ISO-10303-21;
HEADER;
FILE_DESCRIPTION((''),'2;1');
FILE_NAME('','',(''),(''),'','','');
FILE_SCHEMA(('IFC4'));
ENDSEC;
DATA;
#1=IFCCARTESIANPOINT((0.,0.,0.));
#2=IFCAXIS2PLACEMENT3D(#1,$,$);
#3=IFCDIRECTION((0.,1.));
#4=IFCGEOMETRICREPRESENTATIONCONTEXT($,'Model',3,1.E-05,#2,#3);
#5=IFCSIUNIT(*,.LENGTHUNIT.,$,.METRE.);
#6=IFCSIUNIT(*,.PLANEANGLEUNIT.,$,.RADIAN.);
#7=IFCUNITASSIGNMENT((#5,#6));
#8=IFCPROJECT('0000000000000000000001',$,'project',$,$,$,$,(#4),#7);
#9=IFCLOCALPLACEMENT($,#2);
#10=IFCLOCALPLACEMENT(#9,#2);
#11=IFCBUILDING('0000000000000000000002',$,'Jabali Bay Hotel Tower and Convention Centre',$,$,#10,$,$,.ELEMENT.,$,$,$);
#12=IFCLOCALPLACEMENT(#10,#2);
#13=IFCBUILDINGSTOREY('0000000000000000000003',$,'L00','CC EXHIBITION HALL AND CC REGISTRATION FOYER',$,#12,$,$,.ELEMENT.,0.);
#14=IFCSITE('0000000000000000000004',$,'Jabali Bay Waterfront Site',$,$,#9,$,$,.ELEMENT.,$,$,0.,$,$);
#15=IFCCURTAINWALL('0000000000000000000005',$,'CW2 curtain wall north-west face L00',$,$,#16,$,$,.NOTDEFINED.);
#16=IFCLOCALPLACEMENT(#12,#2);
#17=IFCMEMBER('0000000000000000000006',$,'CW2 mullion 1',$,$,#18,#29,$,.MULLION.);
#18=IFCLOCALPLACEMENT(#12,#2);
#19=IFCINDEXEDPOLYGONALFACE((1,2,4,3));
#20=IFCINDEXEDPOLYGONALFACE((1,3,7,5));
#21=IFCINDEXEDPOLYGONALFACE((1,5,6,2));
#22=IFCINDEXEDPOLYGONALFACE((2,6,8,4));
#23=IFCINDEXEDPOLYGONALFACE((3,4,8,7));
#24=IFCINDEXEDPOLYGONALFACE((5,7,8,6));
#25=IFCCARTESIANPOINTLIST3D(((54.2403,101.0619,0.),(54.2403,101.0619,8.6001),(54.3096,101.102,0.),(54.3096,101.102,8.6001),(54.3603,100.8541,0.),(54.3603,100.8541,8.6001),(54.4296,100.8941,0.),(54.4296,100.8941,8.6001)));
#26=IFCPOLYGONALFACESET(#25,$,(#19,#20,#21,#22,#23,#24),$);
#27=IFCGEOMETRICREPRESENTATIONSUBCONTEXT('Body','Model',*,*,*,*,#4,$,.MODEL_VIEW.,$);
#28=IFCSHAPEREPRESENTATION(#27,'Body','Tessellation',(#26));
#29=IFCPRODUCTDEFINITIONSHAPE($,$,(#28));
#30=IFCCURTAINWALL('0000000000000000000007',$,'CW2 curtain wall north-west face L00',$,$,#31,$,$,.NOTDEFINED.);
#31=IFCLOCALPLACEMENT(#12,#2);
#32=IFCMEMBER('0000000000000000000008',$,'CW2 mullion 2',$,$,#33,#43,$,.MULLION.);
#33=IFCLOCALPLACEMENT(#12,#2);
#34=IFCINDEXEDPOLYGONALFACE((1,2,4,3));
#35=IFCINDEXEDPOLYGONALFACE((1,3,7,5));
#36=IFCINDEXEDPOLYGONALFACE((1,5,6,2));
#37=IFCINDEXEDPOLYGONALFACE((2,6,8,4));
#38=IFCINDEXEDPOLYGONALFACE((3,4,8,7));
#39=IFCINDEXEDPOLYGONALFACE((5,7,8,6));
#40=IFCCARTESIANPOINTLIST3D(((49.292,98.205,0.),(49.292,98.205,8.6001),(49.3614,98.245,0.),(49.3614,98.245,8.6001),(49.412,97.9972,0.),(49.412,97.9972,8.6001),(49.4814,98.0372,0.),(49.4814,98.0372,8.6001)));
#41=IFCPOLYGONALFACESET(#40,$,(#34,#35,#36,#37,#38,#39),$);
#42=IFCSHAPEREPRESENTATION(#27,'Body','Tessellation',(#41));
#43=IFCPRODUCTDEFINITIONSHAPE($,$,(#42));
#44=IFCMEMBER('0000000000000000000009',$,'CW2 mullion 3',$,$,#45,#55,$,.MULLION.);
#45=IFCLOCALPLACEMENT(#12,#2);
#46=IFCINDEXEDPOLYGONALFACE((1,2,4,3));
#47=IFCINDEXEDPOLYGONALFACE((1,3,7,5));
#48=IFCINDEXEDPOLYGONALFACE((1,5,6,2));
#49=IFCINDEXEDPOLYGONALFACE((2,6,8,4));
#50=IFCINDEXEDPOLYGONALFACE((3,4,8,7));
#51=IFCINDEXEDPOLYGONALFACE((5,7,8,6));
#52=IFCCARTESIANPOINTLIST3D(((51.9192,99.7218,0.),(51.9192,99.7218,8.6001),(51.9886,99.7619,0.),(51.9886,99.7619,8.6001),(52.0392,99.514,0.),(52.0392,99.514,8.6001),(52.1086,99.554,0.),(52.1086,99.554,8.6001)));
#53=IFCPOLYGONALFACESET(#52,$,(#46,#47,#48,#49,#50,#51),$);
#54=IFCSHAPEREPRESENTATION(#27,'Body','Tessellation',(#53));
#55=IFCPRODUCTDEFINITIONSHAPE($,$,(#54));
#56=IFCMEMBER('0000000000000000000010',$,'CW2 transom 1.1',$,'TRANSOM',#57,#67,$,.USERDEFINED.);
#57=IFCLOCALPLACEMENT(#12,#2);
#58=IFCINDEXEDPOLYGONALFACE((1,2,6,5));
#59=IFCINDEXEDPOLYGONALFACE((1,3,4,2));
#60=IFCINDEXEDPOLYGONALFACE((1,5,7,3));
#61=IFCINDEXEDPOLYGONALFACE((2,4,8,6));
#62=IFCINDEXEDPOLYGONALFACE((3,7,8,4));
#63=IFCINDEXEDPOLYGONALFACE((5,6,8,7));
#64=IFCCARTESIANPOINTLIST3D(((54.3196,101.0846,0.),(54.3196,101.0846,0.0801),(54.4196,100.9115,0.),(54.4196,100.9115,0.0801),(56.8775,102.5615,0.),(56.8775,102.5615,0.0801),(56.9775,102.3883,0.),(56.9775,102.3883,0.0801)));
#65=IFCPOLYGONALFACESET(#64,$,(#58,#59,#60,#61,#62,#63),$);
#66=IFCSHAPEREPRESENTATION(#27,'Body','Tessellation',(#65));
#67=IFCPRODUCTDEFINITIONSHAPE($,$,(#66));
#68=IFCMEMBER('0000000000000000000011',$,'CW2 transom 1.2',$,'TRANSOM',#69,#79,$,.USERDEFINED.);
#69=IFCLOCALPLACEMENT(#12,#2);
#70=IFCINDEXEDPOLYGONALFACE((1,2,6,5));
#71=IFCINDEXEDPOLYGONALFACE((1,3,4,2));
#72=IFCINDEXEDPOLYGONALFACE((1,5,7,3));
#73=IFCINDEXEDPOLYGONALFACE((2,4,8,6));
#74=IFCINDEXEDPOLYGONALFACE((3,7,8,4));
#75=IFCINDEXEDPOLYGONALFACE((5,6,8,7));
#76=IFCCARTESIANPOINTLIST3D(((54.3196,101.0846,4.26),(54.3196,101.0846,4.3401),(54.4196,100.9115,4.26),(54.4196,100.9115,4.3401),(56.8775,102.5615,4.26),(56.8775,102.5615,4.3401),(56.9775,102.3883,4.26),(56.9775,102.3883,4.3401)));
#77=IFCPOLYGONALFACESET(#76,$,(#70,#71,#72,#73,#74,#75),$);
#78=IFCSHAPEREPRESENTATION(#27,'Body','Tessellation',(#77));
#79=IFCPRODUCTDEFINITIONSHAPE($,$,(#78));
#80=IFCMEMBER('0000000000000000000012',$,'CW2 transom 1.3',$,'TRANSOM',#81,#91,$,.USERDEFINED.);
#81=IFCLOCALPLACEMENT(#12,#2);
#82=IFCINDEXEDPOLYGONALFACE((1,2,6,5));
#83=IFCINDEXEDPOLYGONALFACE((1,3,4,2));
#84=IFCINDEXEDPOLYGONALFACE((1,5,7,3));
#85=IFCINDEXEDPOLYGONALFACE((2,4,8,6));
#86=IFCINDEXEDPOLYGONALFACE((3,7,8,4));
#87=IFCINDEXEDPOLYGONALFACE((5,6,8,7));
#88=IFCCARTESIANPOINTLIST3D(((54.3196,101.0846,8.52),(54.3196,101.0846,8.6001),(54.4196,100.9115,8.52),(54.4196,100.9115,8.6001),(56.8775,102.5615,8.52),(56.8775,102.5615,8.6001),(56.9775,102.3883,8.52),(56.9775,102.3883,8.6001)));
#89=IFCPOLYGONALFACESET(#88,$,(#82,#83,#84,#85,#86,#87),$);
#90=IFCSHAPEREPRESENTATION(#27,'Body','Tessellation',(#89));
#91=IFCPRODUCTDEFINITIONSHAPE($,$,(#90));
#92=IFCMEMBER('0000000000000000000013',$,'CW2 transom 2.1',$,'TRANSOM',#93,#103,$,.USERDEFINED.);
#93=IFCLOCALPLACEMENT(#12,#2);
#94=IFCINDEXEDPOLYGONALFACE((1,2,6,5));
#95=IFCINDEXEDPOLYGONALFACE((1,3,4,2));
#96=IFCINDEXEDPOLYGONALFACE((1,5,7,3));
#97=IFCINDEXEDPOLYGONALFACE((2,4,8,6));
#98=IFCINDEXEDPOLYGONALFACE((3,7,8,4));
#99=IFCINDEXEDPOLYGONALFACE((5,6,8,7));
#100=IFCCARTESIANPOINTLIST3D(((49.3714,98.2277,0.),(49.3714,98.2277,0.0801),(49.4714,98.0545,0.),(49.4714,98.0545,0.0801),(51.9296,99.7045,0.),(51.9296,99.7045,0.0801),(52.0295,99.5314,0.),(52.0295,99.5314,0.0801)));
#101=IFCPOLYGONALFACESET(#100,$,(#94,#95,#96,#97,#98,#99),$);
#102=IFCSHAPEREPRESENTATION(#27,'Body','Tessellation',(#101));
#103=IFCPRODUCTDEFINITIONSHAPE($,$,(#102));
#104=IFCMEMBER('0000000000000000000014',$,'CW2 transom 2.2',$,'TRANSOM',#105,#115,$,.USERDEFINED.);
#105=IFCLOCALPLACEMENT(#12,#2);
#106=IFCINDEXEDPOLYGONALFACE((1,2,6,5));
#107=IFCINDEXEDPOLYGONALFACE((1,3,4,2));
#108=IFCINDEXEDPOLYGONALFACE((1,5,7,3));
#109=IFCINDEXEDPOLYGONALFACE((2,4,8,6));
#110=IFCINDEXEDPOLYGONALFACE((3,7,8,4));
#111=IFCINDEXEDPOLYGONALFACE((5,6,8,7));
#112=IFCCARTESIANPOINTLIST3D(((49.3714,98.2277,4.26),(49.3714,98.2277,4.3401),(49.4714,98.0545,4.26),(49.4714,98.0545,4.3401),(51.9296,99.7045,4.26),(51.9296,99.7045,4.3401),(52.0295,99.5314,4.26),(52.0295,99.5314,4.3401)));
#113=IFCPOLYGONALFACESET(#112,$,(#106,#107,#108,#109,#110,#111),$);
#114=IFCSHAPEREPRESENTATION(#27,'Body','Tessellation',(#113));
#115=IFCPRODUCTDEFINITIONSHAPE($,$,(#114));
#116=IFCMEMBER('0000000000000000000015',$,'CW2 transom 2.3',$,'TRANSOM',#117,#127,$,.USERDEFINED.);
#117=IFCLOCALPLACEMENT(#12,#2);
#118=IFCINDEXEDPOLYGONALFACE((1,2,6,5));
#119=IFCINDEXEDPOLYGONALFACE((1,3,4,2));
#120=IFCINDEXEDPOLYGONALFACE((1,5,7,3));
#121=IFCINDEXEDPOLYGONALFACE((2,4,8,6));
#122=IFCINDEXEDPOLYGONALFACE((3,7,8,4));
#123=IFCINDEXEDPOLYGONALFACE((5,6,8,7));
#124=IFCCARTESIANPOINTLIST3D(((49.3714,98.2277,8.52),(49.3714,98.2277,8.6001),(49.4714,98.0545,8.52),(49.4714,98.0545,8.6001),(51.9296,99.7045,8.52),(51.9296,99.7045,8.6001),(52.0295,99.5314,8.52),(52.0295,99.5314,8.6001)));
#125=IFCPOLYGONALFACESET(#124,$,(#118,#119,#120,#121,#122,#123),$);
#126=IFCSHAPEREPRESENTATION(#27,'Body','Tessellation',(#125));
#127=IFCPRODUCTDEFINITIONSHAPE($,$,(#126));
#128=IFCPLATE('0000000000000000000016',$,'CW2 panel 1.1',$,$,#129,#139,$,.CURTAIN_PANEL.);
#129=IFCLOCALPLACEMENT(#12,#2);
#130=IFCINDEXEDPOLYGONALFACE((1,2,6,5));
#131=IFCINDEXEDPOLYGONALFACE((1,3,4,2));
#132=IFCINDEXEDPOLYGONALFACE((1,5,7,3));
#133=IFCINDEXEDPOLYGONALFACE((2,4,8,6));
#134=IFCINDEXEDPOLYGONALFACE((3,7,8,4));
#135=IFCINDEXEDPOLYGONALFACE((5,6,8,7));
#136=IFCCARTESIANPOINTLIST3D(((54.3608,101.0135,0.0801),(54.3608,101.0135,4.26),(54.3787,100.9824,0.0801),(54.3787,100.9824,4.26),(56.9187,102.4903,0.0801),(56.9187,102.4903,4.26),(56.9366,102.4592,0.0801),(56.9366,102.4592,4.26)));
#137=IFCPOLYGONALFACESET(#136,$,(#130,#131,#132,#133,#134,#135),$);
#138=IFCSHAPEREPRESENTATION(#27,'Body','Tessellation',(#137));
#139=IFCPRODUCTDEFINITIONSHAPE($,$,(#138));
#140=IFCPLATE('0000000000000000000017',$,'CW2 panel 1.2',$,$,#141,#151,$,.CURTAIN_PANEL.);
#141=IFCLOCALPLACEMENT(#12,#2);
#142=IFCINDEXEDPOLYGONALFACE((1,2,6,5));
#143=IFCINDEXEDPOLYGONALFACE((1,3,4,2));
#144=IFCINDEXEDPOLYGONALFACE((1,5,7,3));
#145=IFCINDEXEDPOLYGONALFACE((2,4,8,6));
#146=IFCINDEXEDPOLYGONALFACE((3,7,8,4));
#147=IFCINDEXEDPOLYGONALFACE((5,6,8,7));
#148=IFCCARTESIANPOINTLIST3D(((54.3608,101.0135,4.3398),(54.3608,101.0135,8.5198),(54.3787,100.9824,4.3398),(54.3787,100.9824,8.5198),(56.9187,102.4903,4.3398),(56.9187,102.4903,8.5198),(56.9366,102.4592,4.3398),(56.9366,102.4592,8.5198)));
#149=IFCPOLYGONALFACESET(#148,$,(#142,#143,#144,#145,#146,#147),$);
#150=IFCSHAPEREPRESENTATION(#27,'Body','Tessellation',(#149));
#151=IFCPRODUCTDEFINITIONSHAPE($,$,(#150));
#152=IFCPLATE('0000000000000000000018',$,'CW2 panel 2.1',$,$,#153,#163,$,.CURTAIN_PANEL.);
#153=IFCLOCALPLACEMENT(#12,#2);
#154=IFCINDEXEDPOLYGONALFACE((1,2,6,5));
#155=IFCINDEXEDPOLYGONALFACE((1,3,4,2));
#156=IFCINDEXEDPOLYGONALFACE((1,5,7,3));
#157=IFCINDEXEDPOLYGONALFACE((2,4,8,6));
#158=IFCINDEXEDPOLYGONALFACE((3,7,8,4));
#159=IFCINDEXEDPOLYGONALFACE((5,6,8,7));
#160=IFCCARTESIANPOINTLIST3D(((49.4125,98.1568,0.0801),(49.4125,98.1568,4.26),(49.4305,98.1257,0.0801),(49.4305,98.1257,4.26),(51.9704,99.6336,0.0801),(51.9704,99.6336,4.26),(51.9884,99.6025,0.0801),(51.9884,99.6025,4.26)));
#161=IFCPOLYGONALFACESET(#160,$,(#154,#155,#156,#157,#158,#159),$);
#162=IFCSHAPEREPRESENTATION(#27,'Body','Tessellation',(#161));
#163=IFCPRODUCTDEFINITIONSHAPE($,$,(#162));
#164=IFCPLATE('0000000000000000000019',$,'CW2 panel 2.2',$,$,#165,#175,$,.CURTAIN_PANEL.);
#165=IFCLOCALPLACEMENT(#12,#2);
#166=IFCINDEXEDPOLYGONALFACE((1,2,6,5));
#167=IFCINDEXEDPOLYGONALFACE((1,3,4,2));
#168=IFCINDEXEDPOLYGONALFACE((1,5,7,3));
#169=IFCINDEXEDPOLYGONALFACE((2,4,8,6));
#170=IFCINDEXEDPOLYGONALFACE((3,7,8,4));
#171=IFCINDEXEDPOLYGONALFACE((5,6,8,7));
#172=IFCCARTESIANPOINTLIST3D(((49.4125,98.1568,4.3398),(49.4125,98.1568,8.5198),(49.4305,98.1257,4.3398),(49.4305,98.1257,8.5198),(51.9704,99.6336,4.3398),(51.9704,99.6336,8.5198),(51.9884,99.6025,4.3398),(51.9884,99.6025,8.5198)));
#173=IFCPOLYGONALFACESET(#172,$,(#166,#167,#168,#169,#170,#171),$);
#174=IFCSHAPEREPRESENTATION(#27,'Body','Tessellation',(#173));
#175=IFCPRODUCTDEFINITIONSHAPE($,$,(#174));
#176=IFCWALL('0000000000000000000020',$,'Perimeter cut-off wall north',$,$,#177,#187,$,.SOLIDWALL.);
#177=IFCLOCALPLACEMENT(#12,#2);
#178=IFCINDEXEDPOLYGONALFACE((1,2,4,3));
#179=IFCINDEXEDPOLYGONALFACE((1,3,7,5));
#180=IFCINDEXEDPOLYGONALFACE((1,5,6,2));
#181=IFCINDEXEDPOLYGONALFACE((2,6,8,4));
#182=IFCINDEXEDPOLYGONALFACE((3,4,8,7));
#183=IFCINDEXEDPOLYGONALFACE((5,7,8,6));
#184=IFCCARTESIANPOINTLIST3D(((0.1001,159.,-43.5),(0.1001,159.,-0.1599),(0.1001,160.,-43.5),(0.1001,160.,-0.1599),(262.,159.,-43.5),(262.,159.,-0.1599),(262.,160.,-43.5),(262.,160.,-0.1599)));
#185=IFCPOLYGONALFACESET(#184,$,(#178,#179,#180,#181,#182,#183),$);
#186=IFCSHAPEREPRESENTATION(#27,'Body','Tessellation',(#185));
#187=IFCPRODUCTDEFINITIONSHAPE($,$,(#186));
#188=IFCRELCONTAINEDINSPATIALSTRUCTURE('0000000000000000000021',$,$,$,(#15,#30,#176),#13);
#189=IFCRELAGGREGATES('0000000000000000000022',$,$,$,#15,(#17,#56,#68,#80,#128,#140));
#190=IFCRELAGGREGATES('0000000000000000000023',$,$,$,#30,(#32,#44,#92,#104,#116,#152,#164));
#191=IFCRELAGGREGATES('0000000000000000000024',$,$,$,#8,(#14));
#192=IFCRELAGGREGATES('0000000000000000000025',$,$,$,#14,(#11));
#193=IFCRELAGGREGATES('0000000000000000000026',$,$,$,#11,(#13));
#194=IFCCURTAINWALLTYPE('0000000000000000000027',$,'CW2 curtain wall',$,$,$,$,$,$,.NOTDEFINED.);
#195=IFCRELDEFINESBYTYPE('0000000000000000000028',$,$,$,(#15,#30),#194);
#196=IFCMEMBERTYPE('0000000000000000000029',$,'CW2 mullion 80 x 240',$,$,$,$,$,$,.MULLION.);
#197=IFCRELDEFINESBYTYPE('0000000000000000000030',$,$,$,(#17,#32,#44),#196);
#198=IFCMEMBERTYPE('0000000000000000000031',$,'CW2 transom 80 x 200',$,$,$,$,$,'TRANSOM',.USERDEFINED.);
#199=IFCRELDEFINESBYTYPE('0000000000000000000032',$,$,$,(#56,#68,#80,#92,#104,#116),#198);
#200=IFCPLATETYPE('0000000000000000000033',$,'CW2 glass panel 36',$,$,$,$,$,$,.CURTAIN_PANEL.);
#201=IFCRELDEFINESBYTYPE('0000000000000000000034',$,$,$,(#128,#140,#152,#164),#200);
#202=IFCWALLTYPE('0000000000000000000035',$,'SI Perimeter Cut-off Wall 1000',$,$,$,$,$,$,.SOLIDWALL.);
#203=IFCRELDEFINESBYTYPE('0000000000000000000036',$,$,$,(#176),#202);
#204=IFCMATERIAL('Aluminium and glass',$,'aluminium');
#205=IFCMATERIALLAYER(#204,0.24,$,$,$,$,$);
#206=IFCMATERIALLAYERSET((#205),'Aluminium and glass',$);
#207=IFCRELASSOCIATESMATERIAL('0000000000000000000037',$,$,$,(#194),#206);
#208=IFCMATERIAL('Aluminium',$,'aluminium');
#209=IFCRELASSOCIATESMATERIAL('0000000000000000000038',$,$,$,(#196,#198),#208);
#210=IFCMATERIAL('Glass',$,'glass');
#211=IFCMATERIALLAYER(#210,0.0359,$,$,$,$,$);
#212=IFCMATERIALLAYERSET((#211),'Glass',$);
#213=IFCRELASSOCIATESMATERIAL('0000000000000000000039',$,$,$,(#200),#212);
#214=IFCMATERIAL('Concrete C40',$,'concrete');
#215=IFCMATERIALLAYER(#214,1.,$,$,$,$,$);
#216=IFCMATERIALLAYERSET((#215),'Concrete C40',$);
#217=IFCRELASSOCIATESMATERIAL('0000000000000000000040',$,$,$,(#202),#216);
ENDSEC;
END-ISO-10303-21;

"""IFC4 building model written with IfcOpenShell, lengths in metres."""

from ifc_helpers import new_model, si_unit, direction, frame, frame_2d, origin, origin_2d, place, context, subcontext, project, spatial, rectangle, extrude, material, layer, layer_set, material_profile, profile_set, type_object, element, aggregate, save


model = new_model("IFC4")

# Units and contexts
model_context = context("Model", 3, precision=1e-05, world=origin(), true_north=direction((0.0, 1.0)))
body_context = subcontext(model_context, "Body", "Model", "MODEL_VIEW")
ifc_project = project(units=[si_unit("LENGTHUNIT", "METRE"), si_unit("PLANEANGLEUNIT", "RADIAN")], contexts=[model_context])

# Site, building, storey
site_placement = place(None, origin())
site = spatial("IfcSite", under=ifc_project, at=site_placement, Name="Jabali Bay Waterfront Site", CompositionType="ELEMENT", RefElevation=0.0)
building_placement = place(site_placement, origin())
building = spatial("IfcBuilding", under=site, at=building_placement, Name="Jabali Bay Hotel Tower and Convention Centre", CompositionType="ELEMENT")
storey_placement = place(building_placement, origin())
storey = spatial("IfcBuildingStorey", under=building, at=storey_placement, Name="L00", Description="CC EXHIBITION HALL AND CC REGISTRATION FOYER", CompositionType="ELEMENT", Elevation=0.0)

# Curtain wall, member
ifc_material_1 = material(Name="Aluminium and glass", Category="aluminium")
ifc_layer_1 = layer(ifc_material_1, 0.24)
ifc_layer_set_1 = layer_set([ifc_layer_1], Name="Aluminium and glass")
curtain_wall_type = type_object("IfcCurtainWallType", Name="CW2 curtain wall", PredefinedType="NOTDEFINED", material=ifc_layer_set_1)
curtain_wall_1_placement = place(storey_placement, origin())
curtain_wall_1 = element("IfcCurtainWall", 1, at=curtain_wall_1_placement, inside=storey, type_object=curtain_wall_type, Name="CW2 curtain wall north-west face L00", PredefinedType="NOTDEFINED")
ifc_material_2 = material(Name="Aluminium", Category="aluminium")
ifc_material_profile_1 = material_profile(ifc_material_2, rectangle(XDim=0.24, YDim=0.0801, at=origin_2d()), Name="CW2 mullion 80 x 240")
ifc_profile_set_1 = profile_set([ifc_material_profile_1], Name="Aluminium")
member_type_1 = type_object("IfcMemberType", Name="CW2 mullion 80 x 240", PredefinedType="MULLION", material=ifc_profile_set_1)
member_1_placement = place(storey_placement, frame((54.335, 100.978, 0.0), z_axis=(0.0, 0.0, 1.0), x_axis=(-0.5, 0.866025, 0.0)))
member_1 = element("IfcMember", 2, at=member_1_placement, type_object=member_type_1, Name="CW2 mullion 1", PredefinedType="MULLION", context=body_context, shape_type="SweptSolid", body=[
    extrude(rectangle(XDim=0.24, YDim=0.0801, at=origin_2d()), origin(), (0.0, 0.0, 1.0), 8.6001),
])

# Curtain wall, members
curtain_wall_2_placement = place(storey_placement, origin())
curtain_wall_2 = element("IfcCurtainWall", 3, at=curtain_wall_2_placement, inside=storey, type_object=curtain_wall_type, Name="CW2 curtain wall north-west face L00", PredefinedType="NOTDEFINED")
member_2_placement = place(storey_placement, frame((49.3867, 98.1211, 0.0), z_axis=(0.0, 0.0, 1.0), x_axis=(-0.5, 0.866025, 0.0)))
member_2 = element("IfcMember", 4, at=member_2_placement, type_object=member_type_1, Name="CW2 mullion 2", PredefinedType="MULLION", context=body_context, shape_type="SweptSolid", body=[
    extrude(rectangle(XDim=0.24, YDim=0.0801, at=origin_2d()), origin(), (0.0, 0.0, 1.0), 8.6001),
])
member_3_placement = place(storey_placement, frame((52.0139, 99.6379, 0.0), z_axis=(0.0, 0.0, 1.0), x_axis=(-0.5, 0.866025, 0.0)))
member_3 = element("IfcMember", 5, at=member_3_placement, type_object=member_type_1, Name="CW2 mullion 3", PredefinedType="MULLION", context=body_context, shape_type="SweptSolid", body=[
    extrude(rectangle(XDim=0.24, YDim=0.0801, at=origin_2d()), origin(), (0.0, 0.0, 1.0), 8.6001),
])

# Members
ifc_material_profile_2 = material_profile(ifc_material_2, rectangle(XDim=0.2, YDim=0.0801, at=origin_2d()), Name="CW2 transom 80 x 200")
ifc_profile_set_2 = profile_set([ifc_material_profile_2], Name="Aluminium")
member_type_2 = type_object("IfcMemberType", Name="CW2 transom 80 x 200", ElementType="TRANSOM", PredefinedType="USERDEFINED", material=ifc_profile_set_2)
member_4_placement = place(storey_placement, frame((54.3696, 100.998, 0.04), z_axis=(0.866022, 0.500006, 0.0), x_axis=(-0.500006, 0.866022, 0.0)))
member_4 = element("IfcMember", 6, at=member_4_placement, type_object=member_type_2, Name="CW2 transom 1.1", ObjectType="TRANSOM", PredefinedType="USERDEFINED", context=body_context, shape_type="SweptSolid", body=[
    extrude(rectangle(XDim=0.2, YDim=0.0801, at=origin_2d()), origin(), (0.0, 0.0, 1.0), 2.9536),
])
member_5_placement = place(storey_placement, frame((54.3696, 100.998, 4.3), z_axis=(0.866022, 0.500006, 0.0), x_axis=(-0.500006, 0.866022, 0.0)))
member_5 = element("IfcMember", 7, at=member_5_placement, type_object=member_type_2, Name="CW2 transom 1.2", ObjectType="TRANSOM", PredefinedType="USERDEFINED", context=body_context, shape_type="SweptSolid", body=[
    extrude(rectangle(XDim=0.2, YDim=0.0801, at=origin_2d()), origin(), (0.0, 0.0, 1.0), 2.9536),
])
member_6_placement = place(storey_placement, frame((54.3696, 100.998, 8.5601), z_axis=(0.866022, 0.500006, 0.0), x_axis=(-0.500006, 0.866022, 0.0)))
member_6 = element("IfcMember", 8, at=member_6_placement, type_object=member_type_2, Name="CW2 transom 1.3", ObjectType="TRANSOM", PredefinedType="USERDEFINED", context=body_context, shape_type="SweptSolid", body=[
    extrude(rectangle(XDim=0.2, YDim=0.0801, at=origin_2d()), origin(), (0.0, 0.0, 1.0), 2.9536),
])
member_7_placement = place(storey_placement, frame((49.4214, 98.1411, 0.04), z_axis=(0.866042, 0.49997, 0.0), x_axis=(-0.49997, 0.866042, 0.0)))
member_7 = element("IfcMember", 9, at=member_7_placement, type_object=member_type_2, Name="CW2 transom 2.1", ObjectType="TRANSOM", PredefinedType="USERDEFINED", context=body_context, shape_type="SweptSolid", body=[
    extrude(rectangle(XDim=0.2, YDim=0.0801, at=origin_2d()), origin(), (0.0, 0.0, 1.0), 2.9539),
])
member_8_placement = place(storey_placement, frame((49.4214, 98.1411, 4.3), z_axis=(0.866042, 0.49997, 0.0), x_axis=(-0.49997, 0.866042, 0.0)))
member_8 = element("IfcMember", 10, at=member_8_placement, type_object=member_type_2, Name="CW2 transom 2.2", ObjectType="TRANSOM", PredefinedType="USERDEFINED", context=body_context, shape_type="SweptSolid", body=[
    extrude(rectangle(XDim=0.2, YDim=0.0801, at=origin_2d()), origin(), (0.0, 0.0, 1.0), 2.9539),
])
member_9_placement = place(storey_placement, frame((49.4214, 98.1411, 8.5601), z_axis=(0.866042, 0.49997, 0.0), x_axis=(-0.49997, 0.866042, 0.0)))
member_9 = element("IfcMember", 11, at=member_9_placement, type_object=member_type_2, Name="CW2 transom 2.3", ObjectType="TRANSOM", PredefinedType="USERDEFINED", context=body_context, shape_type="SweptSolid", body=[
    extrude(rectangle(XDim=0.2, YDim=0.0801, at=origin_2d()), origin(), (0.0, 0.0, 1.0), 2.9539),
])

# Plates
ifc_material_3 = material(Name="Glass", Category="glass")
ifc_layer_2 = layer(ifc_material_3, 0.0359)
ifc_layer_set_2 = layer_set([ifc_layer_2], Name="Glass")
plate_type = type_object("IfcPlateType", Name="CW2 glass panel 36", PredefinedType="CURTAIN_PANEL", material=ifc_layer_set_2)
plate_1_placement = place(storey_placement, frame((55.6487, 101.7363, 0.0801), z_axis=(0.0, 0.0, 1.0), x_axis=(0.866025, 0.5, 0.0)))
plate_1 = element("IfcPlate", 12, at=plate_1_placement, type_object=plate_type, Name="CW2 panel 1.1", PredefinedType="CURTAIN_PANEL", context=body_context, shape_type="SweptSolid", body=[
    extrude(rectangle(XDim=2.9536, YDim=0.0359, at=origin_2d()), origin(), (0.0, 0.0, 1.0), 4.1799),
])
plate_2_placement = place(storey_placement, frame((55.6487, 101.7363, 4.3398), z_axis=(0.0, 0.0, 1.0), x_axis=(0.866025, 0.5, 0.0)))
plate_2 = element("IfcPlate", 13, at=plate_2_placement, type_object=plate_type, Name="CW2 panel 1.2", PredefinedType="CURTAIN_PANEL", context=body_context, shape_type="SweptSolid", body=[
    extrude(rectangle(XDim=2.9536, YDim=0.0359, at=origin_2d()), origin(), (0.0, 0.0, 1.0), 4.1799),
])
aggregate(curtain_wall_1, [member_1, member_4, member_5, member_6, plate_1, plate_2])
plate_3_placement = place(storey_placement, frame((50.7004, 98.8796, 0.0801), z_axis=(0.0, 0.0, 1.0), x_axis=(0.866025, 0.5, 0.0)))
plate_3 = element("IfcPlate", 14, at=plate_3_placement, type_object=plate_type, Name="CW2 panel 2.1", PredefinedType="CURTAIN_PANEL", context=body_context, shape_type="SweptSolid", body=[
    extrude(rectangle(XDim=2.9536, YDim=0.0359, at=origin_2d()), origin(), (0.0, 0.0, 1.0), 4.1799),
])
plate_4_placement = place(storey_placement, frame((50.7004, 98.8796, 4.3398), z_axis=(0.0, 0.0, 1.0), x_axis=(0.866025, 0.5, 0.0)))
plate_4 = element("IfcPlate", 15, at=plate_4_placement, type_object=plate_type, Name="CW2 panel 2.2", PredefinedType="CURTAIN_PANEL", context=body_context, shape_type="SweptSolid", body=[
    extrude(rectangle(XDim=2.9536, YDim=0.0359, at=origin_2d()), origin(), (0.0, 0.0, 1.0), 4.1799),
])
aggregate(curtain_wall_2, [member_2, member_3, member_7, member_8, member_9, plate_3, plate_4])

# Shared definitions
ifc_material_4 = material(Name="Concrete C40", Category="concrete")

# Wall
ifc_layer_3 = layer(ifc_material_4, 1.0)
ifc_layer_set_3 = layer_set([ifc_layer_3], Name="Concrete C40")
wall_type_1 = type_object("IfcWallType", Name="SI Perimeter Cut-off Wall 1000", PredefinedType="SOLIDWALL", material=ifc_layer_set_3)
wall_1_placement = place(storey_placement, frame((0.1001, 159.5, -43.5), z_axis=(0.0, 0.0, 1.0), x_axis=(1.0, 0.0, 0.0)))
element("IfcWall", 16, at=wall_1_placement, inside=storey, type_object=wall_type_1, Name="Perimeter cut-off wall north", PredefinedType="SOLIDWALL", context=body_context, shape_type="SweptSolid", body=[
    extrude(rectangle(XDim=261.8999, YDim=1.0, at=frame_2d((130.95, 0.0))), origin(), (0.0, 0.0, 1.0), 43.3401),
])

save(model, "model.ifc")
